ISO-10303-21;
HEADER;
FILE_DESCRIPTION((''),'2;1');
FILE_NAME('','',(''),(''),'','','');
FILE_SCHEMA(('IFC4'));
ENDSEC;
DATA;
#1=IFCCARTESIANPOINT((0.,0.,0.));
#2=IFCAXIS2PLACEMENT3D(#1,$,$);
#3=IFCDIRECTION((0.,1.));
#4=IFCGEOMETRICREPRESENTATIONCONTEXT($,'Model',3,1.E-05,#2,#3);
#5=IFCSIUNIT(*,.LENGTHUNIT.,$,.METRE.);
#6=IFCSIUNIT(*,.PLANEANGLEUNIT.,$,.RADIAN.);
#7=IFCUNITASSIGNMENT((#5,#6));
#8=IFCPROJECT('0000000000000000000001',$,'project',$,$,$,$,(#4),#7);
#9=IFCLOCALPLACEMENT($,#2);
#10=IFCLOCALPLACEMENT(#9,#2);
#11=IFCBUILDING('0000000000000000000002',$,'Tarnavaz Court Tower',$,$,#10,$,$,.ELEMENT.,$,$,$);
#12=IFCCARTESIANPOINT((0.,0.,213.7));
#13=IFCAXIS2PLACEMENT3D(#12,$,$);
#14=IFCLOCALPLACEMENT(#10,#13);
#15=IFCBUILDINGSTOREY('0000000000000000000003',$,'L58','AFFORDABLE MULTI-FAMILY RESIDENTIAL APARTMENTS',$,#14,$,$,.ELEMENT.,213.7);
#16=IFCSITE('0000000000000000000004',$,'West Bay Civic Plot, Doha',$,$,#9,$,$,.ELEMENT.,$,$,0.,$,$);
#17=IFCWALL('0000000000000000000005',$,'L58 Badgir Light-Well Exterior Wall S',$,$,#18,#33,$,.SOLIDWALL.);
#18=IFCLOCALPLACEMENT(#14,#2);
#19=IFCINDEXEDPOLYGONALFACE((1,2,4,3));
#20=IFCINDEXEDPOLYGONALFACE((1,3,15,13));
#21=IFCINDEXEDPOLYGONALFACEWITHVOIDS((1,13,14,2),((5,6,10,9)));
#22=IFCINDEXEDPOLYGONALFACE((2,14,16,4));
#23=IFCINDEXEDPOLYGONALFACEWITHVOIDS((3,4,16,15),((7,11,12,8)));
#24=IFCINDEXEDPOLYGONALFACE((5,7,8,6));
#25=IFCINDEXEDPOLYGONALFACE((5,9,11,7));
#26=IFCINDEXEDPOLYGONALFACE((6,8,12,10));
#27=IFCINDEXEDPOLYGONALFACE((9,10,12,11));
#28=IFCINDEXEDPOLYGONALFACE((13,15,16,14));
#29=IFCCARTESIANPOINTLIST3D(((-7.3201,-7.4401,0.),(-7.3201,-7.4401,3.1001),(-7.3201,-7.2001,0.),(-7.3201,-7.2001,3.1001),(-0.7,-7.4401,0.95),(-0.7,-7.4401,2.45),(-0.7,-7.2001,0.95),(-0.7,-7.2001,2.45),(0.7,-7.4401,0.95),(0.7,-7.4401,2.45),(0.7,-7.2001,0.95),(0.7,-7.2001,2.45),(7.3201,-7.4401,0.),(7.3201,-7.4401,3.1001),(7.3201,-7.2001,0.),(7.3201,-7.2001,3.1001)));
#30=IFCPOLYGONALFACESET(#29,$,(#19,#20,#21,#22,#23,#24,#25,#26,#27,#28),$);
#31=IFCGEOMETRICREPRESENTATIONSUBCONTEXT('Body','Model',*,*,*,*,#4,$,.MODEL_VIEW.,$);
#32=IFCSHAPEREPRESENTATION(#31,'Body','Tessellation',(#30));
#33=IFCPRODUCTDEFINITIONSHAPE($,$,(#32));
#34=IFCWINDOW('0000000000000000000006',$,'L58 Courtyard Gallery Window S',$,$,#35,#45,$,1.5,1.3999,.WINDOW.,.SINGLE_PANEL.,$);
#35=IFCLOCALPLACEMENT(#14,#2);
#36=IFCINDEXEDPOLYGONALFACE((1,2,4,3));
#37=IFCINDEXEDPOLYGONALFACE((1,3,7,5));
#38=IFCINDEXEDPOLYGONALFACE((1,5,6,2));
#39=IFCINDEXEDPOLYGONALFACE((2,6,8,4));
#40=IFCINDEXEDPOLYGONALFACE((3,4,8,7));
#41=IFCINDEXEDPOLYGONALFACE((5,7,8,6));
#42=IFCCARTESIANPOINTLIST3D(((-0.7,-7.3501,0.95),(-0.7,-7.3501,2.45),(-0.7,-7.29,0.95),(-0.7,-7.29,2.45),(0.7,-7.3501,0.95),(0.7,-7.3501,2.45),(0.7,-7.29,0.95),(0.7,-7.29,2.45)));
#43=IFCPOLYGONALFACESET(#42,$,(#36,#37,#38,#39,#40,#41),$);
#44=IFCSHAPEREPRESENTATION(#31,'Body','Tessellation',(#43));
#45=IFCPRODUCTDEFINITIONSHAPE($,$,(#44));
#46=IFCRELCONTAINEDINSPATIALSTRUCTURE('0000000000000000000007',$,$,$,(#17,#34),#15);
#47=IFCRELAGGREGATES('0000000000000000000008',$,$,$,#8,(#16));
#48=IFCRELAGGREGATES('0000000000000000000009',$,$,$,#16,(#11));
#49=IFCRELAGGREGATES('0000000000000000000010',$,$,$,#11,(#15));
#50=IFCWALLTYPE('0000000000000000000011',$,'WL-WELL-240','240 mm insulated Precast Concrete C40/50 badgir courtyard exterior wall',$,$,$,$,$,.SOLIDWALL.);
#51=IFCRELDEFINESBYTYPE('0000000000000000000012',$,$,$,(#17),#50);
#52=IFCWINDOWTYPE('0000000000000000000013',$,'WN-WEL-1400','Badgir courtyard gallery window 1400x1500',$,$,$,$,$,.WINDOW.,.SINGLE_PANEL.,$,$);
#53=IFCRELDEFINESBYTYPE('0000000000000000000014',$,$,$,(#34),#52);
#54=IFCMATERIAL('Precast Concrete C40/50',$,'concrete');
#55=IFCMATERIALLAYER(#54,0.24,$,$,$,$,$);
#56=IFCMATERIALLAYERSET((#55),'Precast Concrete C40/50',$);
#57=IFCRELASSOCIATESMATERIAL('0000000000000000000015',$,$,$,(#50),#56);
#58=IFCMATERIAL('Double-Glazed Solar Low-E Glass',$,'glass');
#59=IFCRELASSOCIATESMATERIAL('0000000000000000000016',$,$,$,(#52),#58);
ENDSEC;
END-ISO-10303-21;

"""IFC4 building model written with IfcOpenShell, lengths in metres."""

from ifc_helpers import new_model, si_unit, direction, frame, frame_2d, origin, place, context, subcontext, project, spatial, rectangle, extrude, material, layer, layer_set, type_object, element, fill, save


model = new_model("IFC4")

# Units and contexts
model_context = context("Model", 3, precision=1e-05, world=origin(), true_north=direction((0.0, 1.0)))
body_context = subcontext(model_context, "Body", "Model", "MODEL_VIEW")
ifc_project = project(units=[si_unit("LENGTHUNIT", "METRE"), si_unit("PLANEANGLEUNIT", "RADIAN")], contexts=[model_context])

# Site, building, storey
site_placement = place(None, origin())
site = spatial("IfcSite", under=ifc_project, at=site_placement, Name="West Bay Civic Plot, Doha", CompositionType="ELEMENT", RefElevation=0.0)
building_placement = place(site_placement, origin())
building = spatial("IfcBuilding", under=site, at=building_placement, Name="Tarnavaz Court Tower", CompositionType="ELEMENT")
storey_placement = place(building_placement, frame((0.0, 0.0, 213.7)))
storey = spatial("IfcBuildingStorey", under=building, at=storey_placement, Name="L58", Description="AFFORDABLE MULTI-FAMILY RESIDENTIAL APARTMENTS", CompositionType="ELEMENT", Elevation=213.7)

# Wall, opening, window
ifc_material_1 = material(Name="Precast Concrete C40/50", Category="concrete")
ifc_layer_1 = layer(ifc_material_1, 0.24)
ifc_layer_set_1 = layer_set([ifc_layer_1], Name="Precast Concrete C40/50")
wall_type_1 = type_object("IfcWallType", Name="WL-WELL-240", Description="240 mm insulated Precast Concrete C40/50 badgir courtyard exterior wall", PredefinedType="SOLIDWALL", material=ifc_layer_set_1)
wall_1_placement = place(storey_placement, frame((-7.3201, -7.3201, 0.0), z_axis=(0.0, 0.0, 1.0), x_axis=(1.0, 0.0, 0.0)))
wall_1 = element("IfcWall", 1, at=wall_1_placement, inside=storey, type_object=wall_type_1, Name="L58 Badgir Light-Well Exterior Wall S", PredefinedType="SOLIDWALL", context=body_context, shape_type="SweptSolid", body=[
    extrude(rectangle(XDim=14.6401, YDim=0.24, at=frame_2d((7.3201, 0.0))), origin(), (0.0, 0.0, 1.0), 3.1001),
])
opening_1_placement = place(wall_1_placement, frame((6.6201, 0.0, 0.95)))
opening_1 = element("IfcOpeningElement", 2, at=opening_1_placement, cuts=wall_1, PredefinedType="OPENING", context=body_context, shape_type="SweptSolid", body=[
    extrude(rectangle(XDim=1.3999, YDim=1.5, at=frame_2d((0.7, 0.75))), frame((0.0, 0.1299, 0.0), z_axis=(0.0, -1.0, 0.0), x_axis=(1.0, 0.0, 0.0)), (0.0, 0.0, 1.0), 0.26),
])
ifc_material_2 = material(Name="Double-Glazed Solar Low-E Glass", Category="glass")
window_type = type_object("IfcWindowType", Name="WN-WEL-1400", Description="Badgir courtyard gallery window 1400x1500", PartitioningType="SINGLE_PANEL", PredefinedType="WINDOW", material=ifc_material_2)
window_placement = place(opening_1_placement, origin())
window = element("IfcWindow", 3, at=window_placement, inside=storey, type_object=window_type, Name="L58 Courtyard Gallery Window S", OverallHeight=1.5, OverallWidth=1.3999, PartitioningType="SINGLE_PANEL", PredefinedType="WINDOW", context=body_context, shape_type="SweptSolid", body=[
    extrude(rectangle(XDim=1.3999, YDim=1.5, at=frame_2d((0.7, 0.75))), frame((0.0, 0.03, 0.0), z_axis=(0.0, -1.0, 0.0), x_axis=(1.0, 0.0, 0.0)), (0.0, 0.0, 1.0), 0.0601),
])
fill(opening_1, window)

save(model, "model.ifc")
